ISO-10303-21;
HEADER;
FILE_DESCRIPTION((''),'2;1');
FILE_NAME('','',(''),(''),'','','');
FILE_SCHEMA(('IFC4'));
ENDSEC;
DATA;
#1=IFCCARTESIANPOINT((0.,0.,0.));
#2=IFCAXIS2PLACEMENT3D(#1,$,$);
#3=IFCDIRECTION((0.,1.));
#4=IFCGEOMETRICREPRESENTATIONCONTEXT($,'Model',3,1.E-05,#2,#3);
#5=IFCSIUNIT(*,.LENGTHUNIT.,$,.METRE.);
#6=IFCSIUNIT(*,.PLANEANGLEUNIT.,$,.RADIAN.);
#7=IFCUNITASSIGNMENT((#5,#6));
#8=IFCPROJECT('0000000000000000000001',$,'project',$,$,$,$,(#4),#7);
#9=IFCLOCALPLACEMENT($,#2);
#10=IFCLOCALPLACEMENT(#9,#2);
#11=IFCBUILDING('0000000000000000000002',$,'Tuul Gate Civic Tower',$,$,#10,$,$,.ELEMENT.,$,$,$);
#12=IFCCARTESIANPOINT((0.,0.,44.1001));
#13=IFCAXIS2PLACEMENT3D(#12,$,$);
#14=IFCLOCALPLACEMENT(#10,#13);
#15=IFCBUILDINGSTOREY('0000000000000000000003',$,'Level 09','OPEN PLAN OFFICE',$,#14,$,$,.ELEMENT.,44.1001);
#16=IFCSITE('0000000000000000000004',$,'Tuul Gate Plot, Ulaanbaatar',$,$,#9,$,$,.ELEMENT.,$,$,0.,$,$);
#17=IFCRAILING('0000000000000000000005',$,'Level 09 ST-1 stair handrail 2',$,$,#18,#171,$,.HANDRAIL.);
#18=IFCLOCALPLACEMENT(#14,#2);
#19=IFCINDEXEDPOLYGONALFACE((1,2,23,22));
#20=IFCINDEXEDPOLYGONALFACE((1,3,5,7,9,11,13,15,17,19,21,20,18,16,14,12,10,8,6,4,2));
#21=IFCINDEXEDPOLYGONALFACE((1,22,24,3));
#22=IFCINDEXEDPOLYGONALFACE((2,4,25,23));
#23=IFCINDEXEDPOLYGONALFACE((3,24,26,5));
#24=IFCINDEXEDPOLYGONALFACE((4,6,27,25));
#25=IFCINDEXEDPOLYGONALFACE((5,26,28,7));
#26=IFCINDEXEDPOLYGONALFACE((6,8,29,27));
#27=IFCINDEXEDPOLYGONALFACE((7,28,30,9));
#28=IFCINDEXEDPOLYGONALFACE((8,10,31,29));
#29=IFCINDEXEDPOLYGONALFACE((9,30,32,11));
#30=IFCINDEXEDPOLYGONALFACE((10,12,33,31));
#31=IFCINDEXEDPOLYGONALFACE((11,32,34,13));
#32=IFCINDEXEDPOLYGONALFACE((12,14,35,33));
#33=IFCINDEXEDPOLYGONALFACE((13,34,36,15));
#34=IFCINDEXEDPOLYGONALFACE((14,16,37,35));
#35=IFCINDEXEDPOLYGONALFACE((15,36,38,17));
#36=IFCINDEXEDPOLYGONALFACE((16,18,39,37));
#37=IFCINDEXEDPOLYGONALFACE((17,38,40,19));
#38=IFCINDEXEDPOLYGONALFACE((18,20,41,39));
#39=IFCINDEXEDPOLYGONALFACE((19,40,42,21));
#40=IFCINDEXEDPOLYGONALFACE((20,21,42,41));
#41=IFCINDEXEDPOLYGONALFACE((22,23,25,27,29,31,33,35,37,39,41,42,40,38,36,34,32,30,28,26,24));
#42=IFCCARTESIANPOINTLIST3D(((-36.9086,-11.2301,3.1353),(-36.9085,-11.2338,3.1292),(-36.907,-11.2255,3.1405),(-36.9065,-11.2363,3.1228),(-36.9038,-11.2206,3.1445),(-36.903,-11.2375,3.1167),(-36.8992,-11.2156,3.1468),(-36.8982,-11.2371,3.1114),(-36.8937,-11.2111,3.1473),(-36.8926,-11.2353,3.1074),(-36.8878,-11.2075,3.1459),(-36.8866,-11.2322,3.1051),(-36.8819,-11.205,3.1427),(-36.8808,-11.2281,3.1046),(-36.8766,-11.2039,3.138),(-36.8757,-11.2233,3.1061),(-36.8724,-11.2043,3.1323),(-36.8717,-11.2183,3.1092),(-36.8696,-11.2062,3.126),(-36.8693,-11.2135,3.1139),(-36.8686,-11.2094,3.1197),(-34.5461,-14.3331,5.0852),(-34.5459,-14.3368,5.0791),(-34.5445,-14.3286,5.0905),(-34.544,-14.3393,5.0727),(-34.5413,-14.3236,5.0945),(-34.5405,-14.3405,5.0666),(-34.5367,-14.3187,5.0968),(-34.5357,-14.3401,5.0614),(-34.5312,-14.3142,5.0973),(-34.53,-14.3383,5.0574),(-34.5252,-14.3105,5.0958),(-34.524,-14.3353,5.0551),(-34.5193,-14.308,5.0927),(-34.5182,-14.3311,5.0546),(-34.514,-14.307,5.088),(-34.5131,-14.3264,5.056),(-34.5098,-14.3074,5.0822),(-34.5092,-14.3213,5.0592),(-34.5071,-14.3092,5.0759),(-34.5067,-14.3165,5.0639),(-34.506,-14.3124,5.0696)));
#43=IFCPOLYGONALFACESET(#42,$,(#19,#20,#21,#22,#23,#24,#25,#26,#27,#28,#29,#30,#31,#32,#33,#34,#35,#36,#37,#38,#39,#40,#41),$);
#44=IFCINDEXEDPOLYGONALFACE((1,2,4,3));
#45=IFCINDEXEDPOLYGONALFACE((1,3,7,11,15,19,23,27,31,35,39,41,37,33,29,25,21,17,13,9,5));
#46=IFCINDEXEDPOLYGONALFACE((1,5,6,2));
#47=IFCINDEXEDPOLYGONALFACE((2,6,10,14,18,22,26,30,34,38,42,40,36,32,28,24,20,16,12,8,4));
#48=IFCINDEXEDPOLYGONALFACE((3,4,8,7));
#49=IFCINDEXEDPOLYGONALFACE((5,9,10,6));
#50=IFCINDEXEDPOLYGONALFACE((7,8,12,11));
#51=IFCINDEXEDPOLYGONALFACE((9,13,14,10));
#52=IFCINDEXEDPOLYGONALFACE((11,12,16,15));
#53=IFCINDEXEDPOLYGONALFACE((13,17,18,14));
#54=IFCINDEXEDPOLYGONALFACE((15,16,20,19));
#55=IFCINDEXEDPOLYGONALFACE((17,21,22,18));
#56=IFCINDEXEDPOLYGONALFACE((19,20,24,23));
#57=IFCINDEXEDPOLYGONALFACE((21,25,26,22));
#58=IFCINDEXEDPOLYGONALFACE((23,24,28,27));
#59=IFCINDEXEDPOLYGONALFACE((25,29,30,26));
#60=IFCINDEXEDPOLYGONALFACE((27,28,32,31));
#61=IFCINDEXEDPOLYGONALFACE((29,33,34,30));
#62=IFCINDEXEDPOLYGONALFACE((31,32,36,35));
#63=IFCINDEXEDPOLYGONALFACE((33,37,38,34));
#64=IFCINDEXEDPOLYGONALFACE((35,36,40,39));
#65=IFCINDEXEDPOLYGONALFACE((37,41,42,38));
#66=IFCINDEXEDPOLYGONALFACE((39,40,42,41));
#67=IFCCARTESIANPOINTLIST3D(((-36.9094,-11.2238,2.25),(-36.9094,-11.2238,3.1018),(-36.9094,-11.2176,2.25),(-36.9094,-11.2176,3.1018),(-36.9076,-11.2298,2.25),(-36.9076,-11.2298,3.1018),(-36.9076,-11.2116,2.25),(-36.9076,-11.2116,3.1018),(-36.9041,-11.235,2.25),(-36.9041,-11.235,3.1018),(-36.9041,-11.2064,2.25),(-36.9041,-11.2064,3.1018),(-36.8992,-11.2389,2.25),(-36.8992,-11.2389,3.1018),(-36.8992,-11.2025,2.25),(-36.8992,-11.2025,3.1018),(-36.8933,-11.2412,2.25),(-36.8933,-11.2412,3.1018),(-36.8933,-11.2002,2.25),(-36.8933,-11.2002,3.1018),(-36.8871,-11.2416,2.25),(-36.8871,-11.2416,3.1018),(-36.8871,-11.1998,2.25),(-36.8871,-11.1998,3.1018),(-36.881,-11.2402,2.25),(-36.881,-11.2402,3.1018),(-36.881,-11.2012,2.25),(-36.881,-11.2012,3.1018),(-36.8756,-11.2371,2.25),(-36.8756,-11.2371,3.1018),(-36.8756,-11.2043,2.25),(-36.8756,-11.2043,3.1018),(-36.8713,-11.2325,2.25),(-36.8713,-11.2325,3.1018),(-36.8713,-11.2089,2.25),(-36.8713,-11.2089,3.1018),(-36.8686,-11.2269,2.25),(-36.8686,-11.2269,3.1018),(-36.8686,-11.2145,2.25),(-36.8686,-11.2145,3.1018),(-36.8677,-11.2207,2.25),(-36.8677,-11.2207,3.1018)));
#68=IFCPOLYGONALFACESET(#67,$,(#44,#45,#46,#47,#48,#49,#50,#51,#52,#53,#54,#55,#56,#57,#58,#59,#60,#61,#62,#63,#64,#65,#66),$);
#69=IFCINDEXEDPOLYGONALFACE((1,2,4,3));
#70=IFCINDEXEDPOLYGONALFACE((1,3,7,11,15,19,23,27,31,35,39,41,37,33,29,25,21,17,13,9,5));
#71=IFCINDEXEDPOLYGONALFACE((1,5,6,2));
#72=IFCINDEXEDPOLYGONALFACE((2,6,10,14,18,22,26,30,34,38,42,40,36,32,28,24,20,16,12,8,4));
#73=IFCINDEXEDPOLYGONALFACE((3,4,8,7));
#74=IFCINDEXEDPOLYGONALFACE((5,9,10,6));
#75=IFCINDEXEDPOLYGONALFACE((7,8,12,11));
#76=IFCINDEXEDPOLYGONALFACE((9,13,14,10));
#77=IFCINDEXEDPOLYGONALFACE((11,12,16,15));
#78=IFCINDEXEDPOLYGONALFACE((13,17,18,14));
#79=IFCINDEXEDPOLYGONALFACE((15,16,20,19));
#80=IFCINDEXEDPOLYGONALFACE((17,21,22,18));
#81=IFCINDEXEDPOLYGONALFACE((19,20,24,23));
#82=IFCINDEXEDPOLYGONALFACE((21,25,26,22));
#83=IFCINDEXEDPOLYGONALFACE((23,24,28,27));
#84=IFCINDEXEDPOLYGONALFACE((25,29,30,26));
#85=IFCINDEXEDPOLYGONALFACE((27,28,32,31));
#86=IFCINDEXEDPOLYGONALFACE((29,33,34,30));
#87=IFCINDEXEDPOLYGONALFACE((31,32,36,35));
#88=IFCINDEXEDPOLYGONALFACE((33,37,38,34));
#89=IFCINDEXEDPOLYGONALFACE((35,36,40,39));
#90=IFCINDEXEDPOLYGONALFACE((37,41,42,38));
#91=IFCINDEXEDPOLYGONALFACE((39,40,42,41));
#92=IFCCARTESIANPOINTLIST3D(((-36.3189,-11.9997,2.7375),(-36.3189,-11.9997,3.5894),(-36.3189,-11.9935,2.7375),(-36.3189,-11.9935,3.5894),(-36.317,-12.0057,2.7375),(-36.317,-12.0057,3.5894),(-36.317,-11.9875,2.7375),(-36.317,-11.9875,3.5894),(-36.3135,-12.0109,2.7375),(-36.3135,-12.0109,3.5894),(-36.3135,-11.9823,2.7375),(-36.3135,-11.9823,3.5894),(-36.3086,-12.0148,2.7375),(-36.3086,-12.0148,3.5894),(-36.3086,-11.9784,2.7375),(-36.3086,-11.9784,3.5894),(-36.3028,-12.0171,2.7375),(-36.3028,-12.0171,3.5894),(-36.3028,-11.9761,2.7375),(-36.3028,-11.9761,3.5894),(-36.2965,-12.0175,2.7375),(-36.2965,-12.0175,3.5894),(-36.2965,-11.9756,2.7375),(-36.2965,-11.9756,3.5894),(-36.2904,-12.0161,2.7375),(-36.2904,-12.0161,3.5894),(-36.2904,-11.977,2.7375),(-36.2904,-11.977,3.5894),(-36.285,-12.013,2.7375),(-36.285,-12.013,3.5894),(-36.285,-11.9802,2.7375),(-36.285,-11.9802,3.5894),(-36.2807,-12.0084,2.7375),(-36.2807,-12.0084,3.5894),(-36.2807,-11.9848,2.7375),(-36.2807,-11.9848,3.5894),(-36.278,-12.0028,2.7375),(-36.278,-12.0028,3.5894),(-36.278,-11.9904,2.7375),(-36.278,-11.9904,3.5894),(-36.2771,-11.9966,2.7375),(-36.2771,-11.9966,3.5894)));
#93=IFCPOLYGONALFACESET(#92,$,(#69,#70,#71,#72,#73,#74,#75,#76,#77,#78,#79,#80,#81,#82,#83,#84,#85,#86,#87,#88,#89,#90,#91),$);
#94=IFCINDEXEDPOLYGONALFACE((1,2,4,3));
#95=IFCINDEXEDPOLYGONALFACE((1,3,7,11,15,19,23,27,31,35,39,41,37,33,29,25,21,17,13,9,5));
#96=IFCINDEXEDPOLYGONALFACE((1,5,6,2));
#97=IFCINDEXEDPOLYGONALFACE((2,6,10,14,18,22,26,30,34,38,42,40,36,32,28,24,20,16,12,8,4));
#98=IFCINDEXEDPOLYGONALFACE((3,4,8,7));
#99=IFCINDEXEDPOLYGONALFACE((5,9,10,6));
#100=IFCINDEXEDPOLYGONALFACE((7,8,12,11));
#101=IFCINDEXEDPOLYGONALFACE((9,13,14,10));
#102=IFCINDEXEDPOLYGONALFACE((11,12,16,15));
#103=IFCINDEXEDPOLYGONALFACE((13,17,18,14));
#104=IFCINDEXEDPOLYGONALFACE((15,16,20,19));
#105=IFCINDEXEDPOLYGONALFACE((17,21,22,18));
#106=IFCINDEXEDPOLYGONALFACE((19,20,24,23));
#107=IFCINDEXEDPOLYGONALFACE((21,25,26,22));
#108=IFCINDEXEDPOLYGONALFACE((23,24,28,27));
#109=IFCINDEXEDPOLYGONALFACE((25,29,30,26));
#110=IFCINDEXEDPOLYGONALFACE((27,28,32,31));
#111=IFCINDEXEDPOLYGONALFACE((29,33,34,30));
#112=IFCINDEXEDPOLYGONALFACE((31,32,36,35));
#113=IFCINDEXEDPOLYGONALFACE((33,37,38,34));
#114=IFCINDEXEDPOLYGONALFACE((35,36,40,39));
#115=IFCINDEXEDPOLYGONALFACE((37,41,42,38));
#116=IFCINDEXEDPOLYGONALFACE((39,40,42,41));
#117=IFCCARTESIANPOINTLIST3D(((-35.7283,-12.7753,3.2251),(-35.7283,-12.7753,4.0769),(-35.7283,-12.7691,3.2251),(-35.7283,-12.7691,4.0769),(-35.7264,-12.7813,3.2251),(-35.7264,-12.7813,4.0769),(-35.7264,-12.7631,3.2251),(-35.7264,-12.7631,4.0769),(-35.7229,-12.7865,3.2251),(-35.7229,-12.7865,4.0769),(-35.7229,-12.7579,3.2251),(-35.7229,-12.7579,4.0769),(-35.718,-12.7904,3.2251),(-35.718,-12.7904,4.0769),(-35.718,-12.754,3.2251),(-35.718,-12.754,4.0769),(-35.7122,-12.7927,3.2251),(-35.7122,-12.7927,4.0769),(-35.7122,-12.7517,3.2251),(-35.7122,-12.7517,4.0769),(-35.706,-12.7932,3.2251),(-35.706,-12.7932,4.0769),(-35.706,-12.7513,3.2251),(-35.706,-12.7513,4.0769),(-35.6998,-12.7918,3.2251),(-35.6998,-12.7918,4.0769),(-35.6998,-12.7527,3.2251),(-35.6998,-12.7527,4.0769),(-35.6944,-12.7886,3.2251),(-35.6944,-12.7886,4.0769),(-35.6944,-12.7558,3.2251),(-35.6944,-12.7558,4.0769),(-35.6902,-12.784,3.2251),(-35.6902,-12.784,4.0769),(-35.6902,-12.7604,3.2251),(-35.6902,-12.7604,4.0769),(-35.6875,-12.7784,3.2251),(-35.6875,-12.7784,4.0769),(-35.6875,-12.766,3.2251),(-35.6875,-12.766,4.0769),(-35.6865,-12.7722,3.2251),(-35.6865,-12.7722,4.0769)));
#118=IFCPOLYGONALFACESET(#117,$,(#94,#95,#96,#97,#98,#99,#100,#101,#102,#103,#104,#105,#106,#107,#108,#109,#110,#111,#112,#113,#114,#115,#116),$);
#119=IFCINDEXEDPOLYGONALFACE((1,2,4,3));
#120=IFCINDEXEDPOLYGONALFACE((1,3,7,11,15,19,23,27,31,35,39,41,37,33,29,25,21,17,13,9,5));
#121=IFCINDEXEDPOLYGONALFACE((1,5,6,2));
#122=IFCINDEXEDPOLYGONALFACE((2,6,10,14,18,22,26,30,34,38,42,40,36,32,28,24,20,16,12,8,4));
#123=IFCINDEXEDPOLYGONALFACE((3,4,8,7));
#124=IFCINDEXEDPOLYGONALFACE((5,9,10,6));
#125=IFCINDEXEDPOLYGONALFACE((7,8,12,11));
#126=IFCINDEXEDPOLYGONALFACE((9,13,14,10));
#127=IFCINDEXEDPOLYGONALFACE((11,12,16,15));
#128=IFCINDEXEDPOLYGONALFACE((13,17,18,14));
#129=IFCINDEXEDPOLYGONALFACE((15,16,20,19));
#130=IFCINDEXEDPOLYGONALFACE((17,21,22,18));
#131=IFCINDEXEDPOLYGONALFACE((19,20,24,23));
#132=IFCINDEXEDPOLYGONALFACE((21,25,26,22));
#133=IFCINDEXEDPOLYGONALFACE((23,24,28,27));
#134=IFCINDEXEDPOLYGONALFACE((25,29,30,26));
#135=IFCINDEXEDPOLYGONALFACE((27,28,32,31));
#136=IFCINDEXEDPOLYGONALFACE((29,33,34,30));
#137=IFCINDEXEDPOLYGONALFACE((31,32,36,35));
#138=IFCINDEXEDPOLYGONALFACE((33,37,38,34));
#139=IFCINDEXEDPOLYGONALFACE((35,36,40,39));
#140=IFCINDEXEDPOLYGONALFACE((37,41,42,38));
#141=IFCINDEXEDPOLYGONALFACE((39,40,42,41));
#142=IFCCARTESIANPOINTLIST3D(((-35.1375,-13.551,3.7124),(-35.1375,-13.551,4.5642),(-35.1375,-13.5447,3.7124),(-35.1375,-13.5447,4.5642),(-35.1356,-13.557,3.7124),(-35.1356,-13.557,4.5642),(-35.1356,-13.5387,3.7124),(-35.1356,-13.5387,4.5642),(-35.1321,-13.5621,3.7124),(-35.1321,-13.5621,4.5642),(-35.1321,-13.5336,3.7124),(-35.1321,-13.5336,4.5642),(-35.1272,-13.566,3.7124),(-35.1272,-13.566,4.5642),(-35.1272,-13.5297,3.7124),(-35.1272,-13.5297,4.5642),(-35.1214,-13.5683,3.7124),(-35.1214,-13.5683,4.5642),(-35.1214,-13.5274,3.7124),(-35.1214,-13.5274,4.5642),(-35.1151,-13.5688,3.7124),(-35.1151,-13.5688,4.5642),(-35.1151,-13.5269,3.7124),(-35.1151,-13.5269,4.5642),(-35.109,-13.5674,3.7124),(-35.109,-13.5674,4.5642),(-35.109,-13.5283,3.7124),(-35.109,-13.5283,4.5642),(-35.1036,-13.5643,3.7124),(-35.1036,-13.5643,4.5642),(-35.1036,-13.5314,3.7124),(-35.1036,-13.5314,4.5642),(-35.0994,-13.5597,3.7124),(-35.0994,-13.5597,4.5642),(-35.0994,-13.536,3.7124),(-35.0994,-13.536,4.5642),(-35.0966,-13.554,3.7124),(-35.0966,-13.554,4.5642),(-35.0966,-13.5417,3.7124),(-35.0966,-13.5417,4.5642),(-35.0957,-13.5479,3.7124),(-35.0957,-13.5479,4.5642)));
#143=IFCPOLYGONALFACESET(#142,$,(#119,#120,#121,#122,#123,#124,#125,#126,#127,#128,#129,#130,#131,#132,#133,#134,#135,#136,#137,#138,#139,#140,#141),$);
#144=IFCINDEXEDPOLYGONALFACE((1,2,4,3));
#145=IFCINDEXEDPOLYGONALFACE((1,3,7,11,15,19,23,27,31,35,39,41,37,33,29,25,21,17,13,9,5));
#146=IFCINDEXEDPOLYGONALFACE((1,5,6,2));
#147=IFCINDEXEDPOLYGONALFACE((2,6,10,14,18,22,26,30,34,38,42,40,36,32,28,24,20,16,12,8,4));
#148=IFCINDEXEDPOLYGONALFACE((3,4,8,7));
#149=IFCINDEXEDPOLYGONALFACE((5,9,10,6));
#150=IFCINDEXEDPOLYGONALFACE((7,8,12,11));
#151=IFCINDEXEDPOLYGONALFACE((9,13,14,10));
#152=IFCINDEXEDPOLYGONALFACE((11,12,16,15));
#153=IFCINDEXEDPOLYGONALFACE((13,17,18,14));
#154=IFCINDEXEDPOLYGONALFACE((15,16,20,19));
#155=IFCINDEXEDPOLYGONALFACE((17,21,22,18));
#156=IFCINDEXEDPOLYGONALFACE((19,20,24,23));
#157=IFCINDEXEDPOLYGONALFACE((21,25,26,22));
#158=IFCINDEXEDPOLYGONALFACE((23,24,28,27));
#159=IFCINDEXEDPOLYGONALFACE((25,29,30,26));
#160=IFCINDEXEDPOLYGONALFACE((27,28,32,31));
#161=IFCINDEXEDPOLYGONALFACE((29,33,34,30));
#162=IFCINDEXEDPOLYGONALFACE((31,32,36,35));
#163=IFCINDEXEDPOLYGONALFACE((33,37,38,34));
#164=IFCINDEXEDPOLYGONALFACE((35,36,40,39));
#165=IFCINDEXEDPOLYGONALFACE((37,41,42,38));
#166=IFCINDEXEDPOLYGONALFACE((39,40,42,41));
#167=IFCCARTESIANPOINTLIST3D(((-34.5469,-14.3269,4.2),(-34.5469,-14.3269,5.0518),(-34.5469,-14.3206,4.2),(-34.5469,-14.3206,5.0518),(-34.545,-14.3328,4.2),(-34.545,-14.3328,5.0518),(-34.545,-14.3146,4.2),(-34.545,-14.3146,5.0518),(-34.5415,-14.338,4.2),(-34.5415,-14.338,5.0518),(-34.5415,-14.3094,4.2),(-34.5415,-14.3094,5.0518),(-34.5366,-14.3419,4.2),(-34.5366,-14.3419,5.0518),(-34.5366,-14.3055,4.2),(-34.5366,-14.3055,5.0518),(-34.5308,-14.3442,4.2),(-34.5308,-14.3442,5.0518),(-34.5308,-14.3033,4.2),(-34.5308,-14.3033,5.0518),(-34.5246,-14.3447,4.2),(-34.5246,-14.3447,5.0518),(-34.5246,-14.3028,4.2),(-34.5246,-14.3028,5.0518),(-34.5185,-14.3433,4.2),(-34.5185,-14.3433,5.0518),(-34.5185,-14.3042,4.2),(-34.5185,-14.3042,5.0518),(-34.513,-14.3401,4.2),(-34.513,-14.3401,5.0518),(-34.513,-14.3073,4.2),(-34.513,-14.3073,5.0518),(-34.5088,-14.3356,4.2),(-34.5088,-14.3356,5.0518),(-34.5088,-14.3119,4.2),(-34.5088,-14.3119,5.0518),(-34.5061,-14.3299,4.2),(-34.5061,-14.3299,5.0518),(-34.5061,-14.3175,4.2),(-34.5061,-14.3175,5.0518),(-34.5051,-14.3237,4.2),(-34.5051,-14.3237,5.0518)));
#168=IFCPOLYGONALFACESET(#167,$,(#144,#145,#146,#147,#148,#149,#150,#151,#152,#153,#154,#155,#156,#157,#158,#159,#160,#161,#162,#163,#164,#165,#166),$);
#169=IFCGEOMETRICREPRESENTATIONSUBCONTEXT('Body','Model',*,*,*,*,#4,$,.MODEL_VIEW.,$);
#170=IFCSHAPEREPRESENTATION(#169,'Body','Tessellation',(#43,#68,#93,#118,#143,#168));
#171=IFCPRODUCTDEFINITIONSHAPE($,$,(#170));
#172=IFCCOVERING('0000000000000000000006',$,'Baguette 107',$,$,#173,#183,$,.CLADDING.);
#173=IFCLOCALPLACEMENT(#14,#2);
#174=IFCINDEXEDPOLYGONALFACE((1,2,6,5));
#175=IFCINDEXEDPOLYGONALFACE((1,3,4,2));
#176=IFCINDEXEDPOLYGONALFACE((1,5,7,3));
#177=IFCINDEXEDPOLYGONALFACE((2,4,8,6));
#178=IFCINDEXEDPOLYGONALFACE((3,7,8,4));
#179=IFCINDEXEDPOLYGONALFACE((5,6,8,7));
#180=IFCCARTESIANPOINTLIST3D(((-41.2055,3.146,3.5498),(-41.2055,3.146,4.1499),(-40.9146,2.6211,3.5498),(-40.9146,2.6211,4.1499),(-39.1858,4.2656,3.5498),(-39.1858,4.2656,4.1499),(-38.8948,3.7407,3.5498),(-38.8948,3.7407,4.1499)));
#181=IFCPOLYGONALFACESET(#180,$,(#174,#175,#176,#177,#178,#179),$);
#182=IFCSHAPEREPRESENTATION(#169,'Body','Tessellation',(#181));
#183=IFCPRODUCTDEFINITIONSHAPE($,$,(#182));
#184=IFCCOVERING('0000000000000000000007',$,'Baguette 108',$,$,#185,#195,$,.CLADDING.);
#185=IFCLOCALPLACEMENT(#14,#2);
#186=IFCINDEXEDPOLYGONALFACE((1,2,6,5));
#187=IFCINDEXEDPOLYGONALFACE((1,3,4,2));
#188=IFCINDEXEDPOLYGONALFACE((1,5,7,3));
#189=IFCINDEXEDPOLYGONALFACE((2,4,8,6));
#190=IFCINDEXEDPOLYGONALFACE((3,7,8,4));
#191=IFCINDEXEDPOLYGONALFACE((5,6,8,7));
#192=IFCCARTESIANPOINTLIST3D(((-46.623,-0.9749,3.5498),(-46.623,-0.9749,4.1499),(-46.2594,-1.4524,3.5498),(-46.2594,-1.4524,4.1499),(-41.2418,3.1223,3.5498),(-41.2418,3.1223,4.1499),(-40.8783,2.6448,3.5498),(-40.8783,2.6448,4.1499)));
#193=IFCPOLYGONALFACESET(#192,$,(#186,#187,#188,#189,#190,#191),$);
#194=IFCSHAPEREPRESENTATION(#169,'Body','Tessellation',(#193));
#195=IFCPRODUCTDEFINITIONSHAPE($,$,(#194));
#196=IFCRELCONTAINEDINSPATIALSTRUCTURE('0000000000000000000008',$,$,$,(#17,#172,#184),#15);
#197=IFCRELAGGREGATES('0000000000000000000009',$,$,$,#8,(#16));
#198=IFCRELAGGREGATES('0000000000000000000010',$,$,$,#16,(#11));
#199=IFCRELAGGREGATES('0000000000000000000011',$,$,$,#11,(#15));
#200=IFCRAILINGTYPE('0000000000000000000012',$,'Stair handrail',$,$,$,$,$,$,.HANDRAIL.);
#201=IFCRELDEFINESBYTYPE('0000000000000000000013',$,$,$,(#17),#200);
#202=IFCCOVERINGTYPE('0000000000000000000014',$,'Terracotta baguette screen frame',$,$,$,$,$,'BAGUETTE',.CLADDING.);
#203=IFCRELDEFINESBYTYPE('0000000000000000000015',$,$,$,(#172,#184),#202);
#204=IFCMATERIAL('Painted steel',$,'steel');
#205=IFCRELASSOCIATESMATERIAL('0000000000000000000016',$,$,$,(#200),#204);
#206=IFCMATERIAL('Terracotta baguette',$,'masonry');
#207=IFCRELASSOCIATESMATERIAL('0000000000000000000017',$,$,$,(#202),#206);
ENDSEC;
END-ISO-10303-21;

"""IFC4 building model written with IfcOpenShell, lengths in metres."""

from ifc_helpers import new_model, si_unit, direction, frame, origin, origin_2d, place, context, subcontext, project, spatial, rectangle, circle, extrude, material, material_profile, profile_set, type_object, element, save


model = new_model("IFC4")

# Units and contexts
model_context = context("Model", 3, precision=1e-05, world=origin(), true_north=direction((0.0, 1.0)))
body_context = subcontext(model_context, "Body", "Model", "MODEL_VIEW")
ifc_project = project(units=[si_unit("LENGTHUNIT", "METRE"), si_unit("PLANEANGLEUNIT", "RADIAN")], contexts=[model_context])

# Site, building, storey
site_placement = place(None, origin())
site = spatial("IfcSite", under=ifc_project, at=site_placement, Name="Tuul Gate Plot, Ulaanbaatar", CompositionType="ELEMENT", RefElevation=0.0)
building_placement = place(site_placement, origin())
building = spatial("IfcBuilding", under=site, at=building_placement, Name="Tuul Gate Civic Tower", CompositionType="ELEMENT")
storey_placement = place(building_placement, frame((0.0, 0.0, 44.1001)))
storey = spatial("IfcBuildingStorey", under=building, at=storey_placement, Name="Level 09", Description="OPEN PLAN OFFICE", CompositionType="ELEMENT", Elevation=44.1001)

# Railing
ifc_material_1 = material(Name="Painted steel", Category="steel")
railing_type = type_object("IfcRailingType", Name="Stair handrail", PredefinedType="HANDRAIL", material=ifc_material_1)
railing_placement = place(storey_placement, frame((-36.8887, -11.2207, 2.25)))
element("IfcRailing", 1, at=railing_placement, inside=storey, type_object=railing_type, Name="Level 09 ST-1 stair handrail 2", PredefinedType="HANDRAIL", context=body_context, shape_type="SweptSolid", body=[
    extrude(circle(Radius=0.0239, at=origin_2d()), frame((0.0, 0.0, 0.876), z_axis=(0.541824, -0.711645, 0.4472), x_axis=(0.795637, 0.605773, 0.0)), (0.0, 0.0, 1.0), 4.3604),
    extrude(circle(Radius=0.021, at=origin_2d()), origin(), (0.0, 0.0, 1.0), 0.8518),
    extrude(circle(Radius=0.021, at=origin_2d()), frame((0.5906, -0.7759, 0.4875)), (0.0, 0.0, 1.0), 0.8518),
    extrude(circle(Radius=0.021, at=origin_2d()), frame((1.1812, -1.5515, 0.9751)), (0.0, 0.0, 1.0), 0.8518),
    extrude(circle(Radius=0.021, at=origin_2d()), frame((1.772, -2.3271, 1.4624)), (0.0, 0.0, 1.0), 0.8518),
    extrude(circle(Radius=0.021, at=origin_2d()), frame((2.3625, -3.103, 1.95)), (0.0, 0.0, 1.0), 0.8518),
])

# Coverings
ifc_material_2 = material(Name="Terracotta baguette", Category="masonry")
ifc_material_profile_1 = material_profile(ifc_material_2, rectangle(XDim=0.6001, YDim=0.6001, at=origin_2d()), Name="Terracotta baguette screen frame")
ifc_profile_set_1 = profile_set([ifc_material_profile_1], Name="Terracotta baguette")
covering_type = type_object("IfcCoveringType", Name="Terracotta baguette screen frame", ElementType="BAGUETTE", PredefinedType="CLADDING", material=ifc_profile_set_1)
covering_1_placement = place(storey_placement, frame((-39.0403, 4.0032, 3.8499), z_axis=(-0.874611, -0.484826, 0.0), x_axis=(0.484826, -0.874611, 0.0)))
element("IfcCovering", 2, at=covering_1_placement, inside=storey, type_object=covering_type, Name="Baguette 107", PredefinedType="CLADDING", context=body_context, shape_type="SweptSolid", body=[
    extrude(rectangle(XDim=0.6001, YDim=0.6001, at=origin_2d()), origin(), (0.0, 0.0, 1.0), 2.3093),
])
covering_2_placement = place(storey_placement, frame((-41.0601, 2.8835, 3.8499), z_axis=(-0.795626, -0.605789, 0.0), x_axis=(0.605789, -0.795626, 0.0)))
element("IfcCovering", 3, at=covering_2_placement, inside=storey, type_object=covering_type, Name="Baguette 108", PredefinedType="CLADDING", context=body_context, shape_type="SweptSolid", body=[
    extrude(rectangle(XDim=0.6001, YDim=0.6001, at=origin_2d()), origin(), (0.0, 0.0, 1.0), 6.7634),
])

save(model, "model.ifc")
